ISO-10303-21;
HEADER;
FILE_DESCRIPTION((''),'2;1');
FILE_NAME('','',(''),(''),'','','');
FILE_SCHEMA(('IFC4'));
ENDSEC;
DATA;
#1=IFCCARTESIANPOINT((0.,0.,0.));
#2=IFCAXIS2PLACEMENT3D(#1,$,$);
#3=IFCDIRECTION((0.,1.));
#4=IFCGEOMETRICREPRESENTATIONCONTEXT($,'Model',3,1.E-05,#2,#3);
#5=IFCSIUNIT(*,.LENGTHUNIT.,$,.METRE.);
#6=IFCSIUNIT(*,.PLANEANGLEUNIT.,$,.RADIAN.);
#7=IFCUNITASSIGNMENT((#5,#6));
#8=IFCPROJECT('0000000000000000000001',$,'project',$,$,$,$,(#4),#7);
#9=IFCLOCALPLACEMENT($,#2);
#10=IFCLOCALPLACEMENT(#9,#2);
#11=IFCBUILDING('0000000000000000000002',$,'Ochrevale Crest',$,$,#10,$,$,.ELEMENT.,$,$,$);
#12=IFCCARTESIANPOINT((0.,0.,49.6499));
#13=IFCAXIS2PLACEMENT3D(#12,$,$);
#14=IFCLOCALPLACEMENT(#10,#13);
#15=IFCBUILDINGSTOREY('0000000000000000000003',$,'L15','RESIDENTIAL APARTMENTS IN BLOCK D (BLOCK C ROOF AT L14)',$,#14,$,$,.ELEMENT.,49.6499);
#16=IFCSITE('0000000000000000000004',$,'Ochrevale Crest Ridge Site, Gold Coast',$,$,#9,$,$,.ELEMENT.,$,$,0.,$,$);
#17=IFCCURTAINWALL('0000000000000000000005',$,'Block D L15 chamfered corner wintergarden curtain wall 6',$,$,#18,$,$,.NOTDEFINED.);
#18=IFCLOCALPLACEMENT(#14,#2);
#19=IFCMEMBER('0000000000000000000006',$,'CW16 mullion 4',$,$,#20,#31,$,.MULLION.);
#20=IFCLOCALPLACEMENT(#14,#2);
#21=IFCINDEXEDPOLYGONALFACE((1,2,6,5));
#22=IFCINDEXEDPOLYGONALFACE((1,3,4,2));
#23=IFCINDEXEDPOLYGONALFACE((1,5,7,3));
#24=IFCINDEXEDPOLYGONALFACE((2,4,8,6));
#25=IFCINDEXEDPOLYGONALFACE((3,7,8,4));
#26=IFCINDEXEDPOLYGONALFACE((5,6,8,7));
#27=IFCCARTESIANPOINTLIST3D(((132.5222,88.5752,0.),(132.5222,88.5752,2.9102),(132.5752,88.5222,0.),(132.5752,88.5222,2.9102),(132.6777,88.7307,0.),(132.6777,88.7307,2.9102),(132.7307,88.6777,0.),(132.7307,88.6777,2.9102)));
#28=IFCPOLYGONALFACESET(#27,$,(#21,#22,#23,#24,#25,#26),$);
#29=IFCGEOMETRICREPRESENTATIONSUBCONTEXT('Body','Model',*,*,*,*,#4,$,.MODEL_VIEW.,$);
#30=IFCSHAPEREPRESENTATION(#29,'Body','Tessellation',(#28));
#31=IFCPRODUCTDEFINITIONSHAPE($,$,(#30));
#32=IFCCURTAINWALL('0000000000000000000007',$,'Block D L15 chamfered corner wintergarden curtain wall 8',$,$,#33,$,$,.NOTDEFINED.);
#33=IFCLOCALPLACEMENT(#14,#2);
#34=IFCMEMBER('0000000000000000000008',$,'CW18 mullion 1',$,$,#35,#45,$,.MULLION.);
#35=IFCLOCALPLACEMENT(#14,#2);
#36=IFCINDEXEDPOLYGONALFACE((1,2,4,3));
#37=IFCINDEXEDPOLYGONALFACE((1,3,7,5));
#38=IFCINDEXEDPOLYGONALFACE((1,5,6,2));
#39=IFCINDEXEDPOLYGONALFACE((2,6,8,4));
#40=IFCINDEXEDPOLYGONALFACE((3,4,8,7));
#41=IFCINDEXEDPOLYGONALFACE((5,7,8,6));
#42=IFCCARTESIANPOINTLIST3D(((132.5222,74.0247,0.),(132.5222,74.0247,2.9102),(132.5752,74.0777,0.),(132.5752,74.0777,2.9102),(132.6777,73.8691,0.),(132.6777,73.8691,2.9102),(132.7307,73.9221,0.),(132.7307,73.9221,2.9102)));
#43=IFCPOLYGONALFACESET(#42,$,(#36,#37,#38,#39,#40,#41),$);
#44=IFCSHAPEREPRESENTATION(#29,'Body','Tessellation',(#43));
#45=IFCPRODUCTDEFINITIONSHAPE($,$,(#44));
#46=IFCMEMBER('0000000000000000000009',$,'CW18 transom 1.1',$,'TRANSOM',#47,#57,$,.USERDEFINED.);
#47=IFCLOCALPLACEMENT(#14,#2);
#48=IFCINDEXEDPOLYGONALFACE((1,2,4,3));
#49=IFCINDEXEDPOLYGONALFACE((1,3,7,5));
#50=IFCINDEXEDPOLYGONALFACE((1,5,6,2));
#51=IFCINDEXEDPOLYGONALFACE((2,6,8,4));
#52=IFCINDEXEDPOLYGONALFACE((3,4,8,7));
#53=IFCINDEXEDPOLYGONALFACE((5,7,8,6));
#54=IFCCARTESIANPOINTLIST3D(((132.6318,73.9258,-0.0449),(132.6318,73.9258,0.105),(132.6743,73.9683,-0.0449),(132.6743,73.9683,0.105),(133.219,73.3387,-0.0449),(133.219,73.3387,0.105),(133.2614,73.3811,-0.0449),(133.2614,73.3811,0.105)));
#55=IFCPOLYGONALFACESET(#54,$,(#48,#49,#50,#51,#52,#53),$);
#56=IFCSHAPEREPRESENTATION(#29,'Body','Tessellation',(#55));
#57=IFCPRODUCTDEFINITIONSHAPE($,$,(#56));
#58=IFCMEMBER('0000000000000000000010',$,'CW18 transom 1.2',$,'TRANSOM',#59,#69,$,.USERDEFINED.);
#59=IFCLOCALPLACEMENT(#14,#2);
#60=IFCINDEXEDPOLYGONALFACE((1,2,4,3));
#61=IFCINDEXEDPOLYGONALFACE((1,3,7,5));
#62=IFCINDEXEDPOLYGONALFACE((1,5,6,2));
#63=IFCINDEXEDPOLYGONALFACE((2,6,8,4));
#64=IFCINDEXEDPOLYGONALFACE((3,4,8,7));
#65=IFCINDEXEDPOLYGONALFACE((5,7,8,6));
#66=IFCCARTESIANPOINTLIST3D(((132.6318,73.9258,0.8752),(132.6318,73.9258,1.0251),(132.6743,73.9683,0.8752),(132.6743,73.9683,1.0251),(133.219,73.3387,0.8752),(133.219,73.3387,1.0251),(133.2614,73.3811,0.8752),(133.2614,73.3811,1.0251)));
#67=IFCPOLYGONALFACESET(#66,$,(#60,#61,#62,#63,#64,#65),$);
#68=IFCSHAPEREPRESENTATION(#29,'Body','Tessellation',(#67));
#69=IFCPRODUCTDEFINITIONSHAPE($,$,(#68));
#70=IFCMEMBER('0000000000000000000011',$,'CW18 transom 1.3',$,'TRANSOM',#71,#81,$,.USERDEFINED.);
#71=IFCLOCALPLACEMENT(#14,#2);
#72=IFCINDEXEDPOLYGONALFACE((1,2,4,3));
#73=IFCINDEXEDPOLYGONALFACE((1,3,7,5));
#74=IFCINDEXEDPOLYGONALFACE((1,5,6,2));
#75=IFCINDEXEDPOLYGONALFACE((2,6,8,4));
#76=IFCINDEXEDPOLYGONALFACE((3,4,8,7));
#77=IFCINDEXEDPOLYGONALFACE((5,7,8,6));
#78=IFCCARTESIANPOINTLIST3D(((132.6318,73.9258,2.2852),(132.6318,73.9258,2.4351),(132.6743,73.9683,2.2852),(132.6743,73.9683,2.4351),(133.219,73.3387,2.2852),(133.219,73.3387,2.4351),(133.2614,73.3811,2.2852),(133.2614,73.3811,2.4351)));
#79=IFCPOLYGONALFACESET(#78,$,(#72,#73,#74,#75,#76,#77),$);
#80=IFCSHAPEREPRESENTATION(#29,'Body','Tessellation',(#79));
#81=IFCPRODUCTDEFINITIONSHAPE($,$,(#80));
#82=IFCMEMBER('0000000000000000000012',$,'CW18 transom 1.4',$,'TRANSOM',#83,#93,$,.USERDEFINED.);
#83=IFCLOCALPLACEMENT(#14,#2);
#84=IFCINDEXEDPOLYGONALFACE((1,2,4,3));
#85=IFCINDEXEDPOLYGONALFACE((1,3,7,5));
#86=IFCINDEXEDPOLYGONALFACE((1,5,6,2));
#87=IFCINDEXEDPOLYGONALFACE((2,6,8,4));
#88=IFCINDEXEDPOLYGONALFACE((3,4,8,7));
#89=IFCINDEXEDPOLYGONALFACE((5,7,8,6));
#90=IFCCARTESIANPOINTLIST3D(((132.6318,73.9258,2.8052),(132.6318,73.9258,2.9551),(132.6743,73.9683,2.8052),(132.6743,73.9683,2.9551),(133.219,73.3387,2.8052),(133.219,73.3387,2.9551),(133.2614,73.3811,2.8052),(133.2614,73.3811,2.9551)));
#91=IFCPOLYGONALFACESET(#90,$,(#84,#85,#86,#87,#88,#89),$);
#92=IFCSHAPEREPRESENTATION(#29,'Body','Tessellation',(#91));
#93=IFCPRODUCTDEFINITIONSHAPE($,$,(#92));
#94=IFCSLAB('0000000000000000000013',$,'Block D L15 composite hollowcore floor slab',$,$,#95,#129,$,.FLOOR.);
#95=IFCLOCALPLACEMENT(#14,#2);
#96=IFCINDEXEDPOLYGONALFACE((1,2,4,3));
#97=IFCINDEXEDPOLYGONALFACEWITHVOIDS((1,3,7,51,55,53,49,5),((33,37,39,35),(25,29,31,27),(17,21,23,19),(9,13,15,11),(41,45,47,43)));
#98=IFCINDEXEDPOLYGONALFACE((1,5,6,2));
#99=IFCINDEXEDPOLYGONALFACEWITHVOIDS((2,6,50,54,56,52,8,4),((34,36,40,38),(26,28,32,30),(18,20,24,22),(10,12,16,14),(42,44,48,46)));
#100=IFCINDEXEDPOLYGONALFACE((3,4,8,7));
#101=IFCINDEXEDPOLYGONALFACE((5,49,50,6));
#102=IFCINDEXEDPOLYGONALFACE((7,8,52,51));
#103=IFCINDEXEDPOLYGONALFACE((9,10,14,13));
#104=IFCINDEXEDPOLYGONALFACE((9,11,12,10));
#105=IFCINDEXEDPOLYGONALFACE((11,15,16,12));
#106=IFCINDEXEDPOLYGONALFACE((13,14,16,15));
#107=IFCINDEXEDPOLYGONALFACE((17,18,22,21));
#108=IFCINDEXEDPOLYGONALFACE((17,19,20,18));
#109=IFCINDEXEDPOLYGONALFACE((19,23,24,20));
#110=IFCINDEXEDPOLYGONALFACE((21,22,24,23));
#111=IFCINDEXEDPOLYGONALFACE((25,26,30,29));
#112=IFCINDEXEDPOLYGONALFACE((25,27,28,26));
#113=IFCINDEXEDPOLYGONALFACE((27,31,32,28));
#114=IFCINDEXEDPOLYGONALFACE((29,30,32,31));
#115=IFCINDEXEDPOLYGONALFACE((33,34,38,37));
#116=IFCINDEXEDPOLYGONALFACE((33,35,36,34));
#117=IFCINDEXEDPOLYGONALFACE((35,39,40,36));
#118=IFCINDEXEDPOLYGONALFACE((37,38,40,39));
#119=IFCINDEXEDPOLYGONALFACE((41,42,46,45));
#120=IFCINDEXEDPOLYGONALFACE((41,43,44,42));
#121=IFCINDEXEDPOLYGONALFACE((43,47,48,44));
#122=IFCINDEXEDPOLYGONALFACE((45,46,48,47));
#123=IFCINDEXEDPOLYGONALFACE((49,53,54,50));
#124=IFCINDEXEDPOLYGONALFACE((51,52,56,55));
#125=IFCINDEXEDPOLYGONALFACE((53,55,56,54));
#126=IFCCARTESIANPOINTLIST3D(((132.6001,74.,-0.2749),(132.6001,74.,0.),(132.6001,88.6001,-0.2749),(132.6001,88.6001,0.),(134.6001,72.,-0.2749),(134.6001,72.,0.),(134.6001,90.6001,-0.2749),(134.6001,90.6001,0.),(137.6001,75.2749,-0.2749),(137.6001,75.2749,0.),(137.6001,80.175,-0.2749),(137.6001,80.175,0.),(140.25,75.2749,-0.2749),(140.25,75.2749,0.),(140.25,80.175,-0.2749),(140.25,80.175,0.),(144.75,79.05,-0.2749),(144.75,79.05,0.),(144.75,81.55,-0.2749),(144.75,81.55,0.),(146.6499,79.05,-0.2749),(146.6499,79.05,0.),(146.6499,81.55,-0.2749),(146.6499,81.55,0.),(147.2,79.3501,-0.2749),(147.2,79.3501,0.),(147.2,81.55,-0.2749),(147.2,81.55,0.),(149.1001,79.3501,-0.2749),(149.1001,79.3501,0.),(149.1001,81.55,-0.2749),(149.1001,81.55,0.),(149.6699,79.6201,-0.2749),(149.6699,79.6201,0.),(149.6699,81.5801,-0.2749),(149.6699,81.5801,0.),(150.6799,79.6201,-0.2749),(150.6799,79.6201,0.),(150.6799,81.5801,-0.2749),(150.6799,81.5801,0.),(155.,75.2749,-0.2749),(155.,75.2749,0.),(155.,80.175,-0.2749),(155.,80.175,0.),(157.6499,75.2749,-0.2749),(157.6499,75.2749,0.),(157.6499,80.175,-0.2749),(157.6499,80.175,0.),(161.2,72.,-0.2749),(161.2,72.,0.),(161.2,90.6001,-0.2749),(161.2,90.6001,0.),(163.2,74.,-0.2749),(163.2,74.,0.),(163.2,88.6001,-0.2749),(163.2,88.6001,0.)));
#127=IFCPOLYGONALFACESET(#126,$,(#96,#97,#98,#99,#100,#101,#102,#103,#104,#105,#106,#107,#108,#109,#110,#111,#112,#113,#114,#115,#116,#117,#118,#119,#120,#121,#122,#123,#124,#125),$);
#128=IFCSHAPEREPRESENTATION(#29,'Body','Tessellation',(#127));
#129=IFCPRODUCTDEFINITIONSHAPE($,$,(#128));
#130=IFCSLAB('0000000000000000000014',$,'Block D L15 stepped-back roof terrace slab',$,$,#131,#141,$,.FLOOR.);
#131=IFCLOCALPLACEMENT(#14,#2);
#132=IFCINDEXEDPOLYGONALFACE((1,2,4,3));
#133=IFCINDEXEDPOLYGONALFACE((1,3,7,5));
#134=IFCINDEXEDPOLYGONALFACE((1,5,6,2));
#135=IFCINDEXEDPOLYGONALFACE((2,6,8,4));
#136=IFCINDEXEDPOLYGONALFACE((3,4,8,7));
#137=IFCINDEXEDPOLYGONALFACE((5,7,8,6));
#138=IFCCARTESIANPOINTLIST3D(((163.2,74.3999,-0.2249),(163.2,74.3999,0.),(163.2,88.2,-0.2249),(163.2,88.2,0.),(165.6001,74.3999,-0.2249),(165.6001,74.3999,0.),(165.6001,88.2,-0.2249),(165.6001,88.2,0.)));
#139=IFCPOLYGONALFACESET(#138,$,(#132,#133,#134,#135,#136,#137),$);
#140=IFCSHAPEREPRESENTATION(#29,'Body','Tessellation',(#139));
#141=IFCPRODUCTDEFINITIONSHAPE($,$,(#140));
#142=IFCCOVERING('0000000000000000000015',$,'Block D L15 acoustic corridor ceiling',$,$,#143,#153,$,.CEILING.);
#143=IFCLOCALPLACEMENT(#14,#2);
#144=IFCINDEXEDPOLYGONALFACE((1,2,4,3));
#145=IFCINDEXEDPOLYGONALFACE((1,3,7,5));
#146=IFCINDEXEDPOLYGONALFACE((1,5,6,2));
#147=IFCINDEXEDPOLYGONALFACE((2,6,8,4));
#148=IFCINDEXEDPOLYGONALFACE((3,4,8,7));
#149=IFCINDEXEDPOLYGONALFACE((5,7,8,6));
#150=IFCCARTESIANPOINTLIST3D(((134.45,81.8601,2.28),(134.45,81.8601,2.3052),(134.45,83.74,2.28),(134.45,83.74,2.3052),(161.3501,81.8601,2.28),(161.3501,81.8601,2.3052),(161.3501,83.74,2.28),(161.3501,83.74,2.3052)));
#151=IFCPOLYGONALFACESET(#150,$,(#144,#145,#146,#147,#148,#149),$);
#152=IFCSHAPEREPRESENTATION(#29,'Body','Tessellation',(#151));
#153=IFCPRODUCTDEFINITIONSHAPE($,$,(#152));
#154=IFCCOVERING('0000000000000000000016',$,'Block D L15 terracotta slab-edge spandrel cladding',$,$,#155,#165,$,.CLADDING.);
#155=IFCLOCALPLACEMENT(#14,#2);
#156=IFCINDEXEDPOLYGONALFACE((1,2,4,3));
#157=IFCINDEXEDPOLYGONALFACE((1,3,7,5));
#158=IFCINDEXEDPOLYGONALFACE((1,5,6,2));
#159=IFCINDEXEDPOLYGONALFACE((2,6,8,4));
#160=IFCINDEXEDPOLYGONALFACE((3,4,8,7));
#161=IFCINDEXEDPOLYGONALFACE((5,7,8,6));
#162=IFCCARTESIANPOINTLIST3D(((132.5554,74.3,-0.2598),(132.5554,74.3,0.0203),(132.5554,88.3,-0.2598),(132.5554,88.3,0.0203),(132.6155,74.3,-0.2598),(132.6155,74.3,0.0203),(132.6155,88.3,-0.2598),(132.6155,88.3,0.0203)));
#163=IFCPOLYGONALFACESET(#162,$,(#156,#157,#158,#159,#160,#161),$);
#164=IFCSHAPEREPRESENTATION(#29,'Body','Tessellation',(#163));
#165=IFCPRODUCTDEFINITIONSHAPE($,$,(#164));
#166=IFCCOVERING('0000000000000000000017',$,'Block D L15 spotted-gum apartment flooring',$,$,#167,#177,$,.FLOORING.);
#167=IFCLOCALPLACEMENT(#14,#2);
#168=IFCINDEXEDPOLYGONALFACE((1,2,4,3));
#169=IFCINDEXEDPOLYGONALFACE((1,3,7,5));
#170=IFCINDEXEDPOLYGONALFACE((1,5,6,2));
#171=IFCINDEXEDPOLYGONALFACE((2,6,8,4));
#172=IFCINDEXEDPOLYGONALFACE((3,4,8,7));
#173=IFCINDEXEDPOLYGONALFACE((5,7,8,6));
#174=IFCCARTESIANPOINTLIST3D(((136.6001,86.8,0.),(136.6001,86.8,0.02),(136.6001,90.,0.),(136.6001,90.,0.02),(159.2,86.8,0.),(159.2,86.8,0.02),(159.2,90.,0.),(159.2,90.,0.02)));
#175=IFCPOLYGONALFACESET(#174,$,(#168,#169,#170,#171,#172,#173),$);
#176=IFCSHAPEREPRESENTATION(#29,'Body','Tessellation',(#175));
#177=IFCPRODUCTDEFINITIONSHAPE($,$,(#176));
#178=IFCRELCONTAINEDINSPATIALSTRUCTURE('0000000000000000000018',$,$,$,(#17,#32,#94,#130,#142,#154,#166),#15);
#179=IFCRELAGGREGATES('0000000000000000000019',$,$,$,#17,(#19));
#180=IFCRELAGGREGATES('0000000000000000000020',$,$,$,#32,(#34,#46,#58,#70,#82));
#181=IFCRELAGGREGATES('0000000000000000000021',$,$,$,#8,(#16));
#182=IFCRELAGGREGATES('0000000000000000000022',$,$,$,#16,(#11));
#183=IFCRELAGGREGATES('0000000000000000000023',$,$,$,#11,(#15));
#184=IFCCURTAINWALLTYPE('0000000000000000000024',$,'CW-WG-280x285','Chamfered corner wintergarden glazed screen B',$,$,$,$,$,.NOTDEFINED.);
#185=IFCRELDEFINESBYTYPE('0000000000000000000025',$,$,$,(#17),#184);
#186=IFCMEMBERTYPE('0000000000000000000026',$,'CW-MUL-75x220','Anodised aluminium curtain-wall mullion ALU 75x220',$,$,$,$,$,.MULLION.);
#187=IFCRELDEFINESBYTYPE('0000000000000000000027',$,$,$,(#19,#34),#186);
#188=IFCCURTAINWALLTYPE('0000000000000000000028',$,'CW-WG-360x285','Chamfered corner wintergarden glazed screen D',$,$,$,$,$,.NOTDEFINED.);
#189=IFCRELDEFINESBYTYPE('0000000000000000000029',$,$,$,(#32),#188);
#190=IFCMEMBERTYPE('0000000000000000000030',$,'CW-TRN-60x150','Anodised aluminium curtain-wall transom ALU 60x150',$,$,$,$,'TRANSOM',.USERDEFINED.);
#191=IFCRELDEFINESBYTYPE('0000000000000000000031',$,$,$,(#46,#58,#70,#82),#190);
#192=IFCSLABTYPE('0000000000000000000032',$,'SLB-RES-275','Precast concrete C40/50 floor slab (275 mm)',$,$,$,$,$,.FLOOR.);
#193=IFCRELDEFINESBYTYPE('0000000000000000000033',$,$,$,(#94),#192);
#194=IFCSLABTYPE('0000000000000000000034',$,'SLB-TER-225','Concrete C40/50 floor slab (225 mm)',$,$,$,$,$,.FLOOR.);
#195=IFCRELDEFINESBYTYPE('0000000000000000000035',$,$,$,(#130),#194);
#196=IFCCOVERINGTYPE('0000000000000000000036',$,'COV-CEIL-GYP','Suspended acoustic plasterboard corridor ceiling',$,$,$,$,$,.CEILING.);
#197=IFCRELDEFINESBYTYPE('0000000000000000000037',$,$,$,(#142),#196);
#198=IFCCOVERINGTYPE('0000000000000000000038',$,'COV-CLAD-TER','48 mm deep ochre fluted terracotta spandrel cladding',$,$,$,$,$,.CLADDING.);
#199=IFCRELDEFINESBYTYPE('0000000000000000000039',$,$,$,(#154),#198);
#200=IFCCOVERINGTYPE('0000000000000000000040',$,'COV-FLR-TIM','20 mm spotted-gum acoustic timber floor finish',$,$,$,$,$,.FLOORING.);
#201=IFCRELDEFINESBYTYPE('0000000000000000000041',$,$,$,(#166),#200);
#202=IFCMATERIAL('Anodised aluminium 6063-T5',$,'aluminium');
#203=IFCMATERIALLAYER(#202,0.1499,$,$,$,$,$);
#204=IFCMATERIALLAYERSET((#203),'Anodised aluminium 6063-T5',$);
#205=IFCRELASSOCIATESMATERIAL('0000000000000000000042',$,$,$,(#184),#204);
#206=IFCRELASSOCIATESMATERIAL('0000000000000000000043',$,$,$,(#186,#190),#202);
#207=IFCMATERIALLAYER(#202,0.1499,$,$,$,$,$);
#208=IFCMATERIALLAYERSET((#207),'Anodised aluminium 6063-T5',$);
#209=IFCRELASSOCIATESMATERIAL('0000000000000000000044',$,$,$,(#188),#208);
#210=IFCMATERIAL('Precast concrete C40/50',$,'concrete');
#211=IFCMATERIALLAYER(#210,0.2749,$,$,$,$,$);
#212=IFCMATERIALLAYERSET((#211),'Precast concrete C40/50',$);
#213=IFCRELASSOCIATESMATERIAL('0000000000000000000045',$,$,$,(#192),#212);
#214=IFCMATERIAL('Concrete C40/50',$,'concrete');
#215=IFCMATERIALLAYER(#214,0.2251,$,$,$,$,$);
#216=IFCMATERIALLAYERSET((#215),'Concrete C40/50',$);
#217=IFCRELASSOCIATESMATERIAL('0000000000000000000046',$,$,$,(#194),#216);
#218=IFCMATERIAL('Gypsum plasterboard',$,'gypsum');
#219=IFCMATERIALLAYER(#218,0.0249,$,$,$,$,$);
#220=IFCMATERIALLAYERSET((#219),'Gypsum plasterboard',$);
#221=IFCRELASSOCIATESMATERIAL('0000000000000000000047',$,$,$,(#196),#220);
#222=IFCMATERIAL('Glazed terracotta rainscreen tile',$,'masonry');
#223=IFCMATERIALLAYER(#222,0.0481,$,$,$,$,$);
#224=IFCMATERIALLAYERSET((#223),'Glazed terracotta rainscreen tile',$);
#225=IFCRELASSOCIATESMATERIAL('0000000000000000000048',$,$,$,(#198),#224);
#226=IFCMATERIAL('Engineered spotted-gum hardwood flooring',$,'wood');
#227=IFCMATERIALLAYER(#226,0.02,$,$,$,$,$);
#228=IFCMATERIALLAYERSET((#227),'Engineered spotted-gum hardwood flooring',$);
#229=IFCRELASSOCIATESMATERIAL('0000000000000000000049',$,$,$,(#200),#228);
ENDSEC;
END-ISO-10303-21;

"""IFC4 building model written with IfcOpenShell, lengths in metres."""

from ifc_helpers import new_model, si_unit, direction, frame, origin, origin_2d, place, context, subcontext, project, spatial, polyline, rectangle, outline, extrude, material, layer, layer_set, material_profile, profile_set, type_object, element, aggregate, save


model = new_model("IFC4")

# Units and contexts
model_context = context("Model", 3, precision=1e-05, world=origin(), true_north=direction((0.0, 1.0)))
body_context = subcontext(model_context, "Body", "Model", "MODEL_VIEW")
ifc_project = project(units=[si_unit("LENGTHUNIT", "METRE"), si_unit("PLANEANGLEUNIT", "RADIAN")], contexts=[model_context])

# Site, building, storey
site_placement = place(None, origin())
site = spatial("IfcSite", under=ifc_project, at=site_placement, Name="Ochrevale Crest Ridge Site, Gold Coast", CompositionType="ELEMENT", RefElevation=0.0)
building_placement = place(site_placement, origin())
building = spatial("IfcBuilding", under=site, at=building_placement, Name="Ochrevale Crest", CompositionType="ELEMENT")
storey_placement = place(building_placement, frame((0.0, 0.0, 49.6499)))
storey = spatial("IfcBuildingStorey", under=building, at=storey_placement, Name="L15", Description="RESIDENTIAL APARTMENTS IN BLOCK D (BLOCK C ROOF AT L14)", CompositionType="ELEMENT", Elevation=49.6499)

# Curtain wall, member
ifc_material_1 = material(Name="Anodised aluminium 6063-T5", Category="aluminium")
ifc_layer_1 = layer(ifc_material_1, 0.1499)
ifc_layer_set_1 = layer_set([ifc_layer_1], Name="Anodised aluminium 6063-T5")
curtain_wall_type_1 = type_object("IfcCurtainWallType", Name="CW-WG-280x285", Description="Chamfered corner wintergarden glazed screen B", PredefinedType="NOTDEFINED", material=ifc_layer_set_1)
curtain_wall_1_placement = place(storey_placement, origin())
curtain_wall_1 = element("IfcCurtainWall", 1, at=curtain_wall_1_placement, inside=storey, type_object=curtain_wall_type_1, Name="Block D L15 chamfered corner wintergarden curtain wall 6", PredefinedType="NOTDEFINED")
ifc_material_profile_1 = material_profile(ifc_material_1, rectangle(XDim=0.075, YDim=0.22, at=origin_2d()), Name="ALU 75x220")
ifc_profile_set_1 = profile_set([ifc_material_profile_1], Name="Anodised aluminium 6063-T5")
member_type_1 = type_object("IfcMemberType", Name="CW-MUL-75x220", Description="Anodised aluminium curtain-wall mullion ALU 75x220", PredefinedType="MULLION", material=ifc_profile_set_1)
member_1_placement = place(storey_placement, frame((132.6265, 88.6265, 0.0), z_axis=(0.0, 0.0, 1.0), x_axis=(0.707107, -0.707107, 0.0)))
member_1 = element("IfcMember", 2, at=member_1_placement, type_object=member_type_1, Name="CW16 mullion 4", PredefinedType="MULLION", context=body_context, shape_type="SweptSolid", body=[
    extrude(rectangle(XDim=0.075, YDim=0.22, at=origin_2d()), origin(), (0.0, 0.0, 1.0), 2.9102),
])
aggregate(curtain_wall_1, [member_1])

# Curtain wall, members
ifc_layer_2 = layer(ifc_material_1, 0.1499)
ifc_layer_set_2 = layer_set([ifc_layer_2], Name="Anodised aluminium 6063-T5")
curtain_wall_type_2 = type_object("IfcCurtainWallType", Name="CW-WG-360x285", Description="Chamfered corner wintergarden glazed screen D", PredefinedType="NOTDEFINED", material=ifc_layer_set_2)
curtain_wall_2_placement = place(storey_placement, origin())
curtain_wall_2 = element("IfcCurtainWall", 3, at=curtain_wall_2_placement, inside=storey, type_object=curtain_wall_type_2, Name="Block D L15 chamfered corner wintergarden curtain wall 8", PredefinedType="NOTDEFINED")
member_2_placement = place(storey_placement, frame((132.6265, 73.9734, 0.0), z_axis=(0.0, 0.0, 1.0), x_axis=(0.707107, 0.707107, 0.0)))
member_2 = element("IfcMember", 4, at=member_2_placement, type_object=member_type_1, Name="CW18 mullion 1", PredefinedType="MULLION", context=body_context, shape_type="SweptSolid", body=[
    extrude(rectangle(XDim=0.075, YDim=0.22, at=origin_2d()), origin(), (0.0, 0.0, 1.0), 2.9102),
])
ifc_material_profile_2 = material_profile(ifc_material_1, rectangle(XDim=0.0601, YDim=0.1499, at=origin_2d()), Name="ALU 60x150")
ifc_profile_set_2 = profile_set([ifc_material_profile_2], Name="Anodised aluminium 6063-T5")
member_type_2 = type_object("IfcMemberType", Name="CW-TRN-60x150", Description="Anodised aluminium curtain-wall transom ALU 60x150", ElementType="TRANSOM", PredefinedType="USERDEFINED", material=ifc_profile_set_2)
member_3_placement = place(storey_placement, frame((132.6531, 73.947, 0.03), z_axis=(0.707107, -0.707107, 0.0), x_axis=(0.707107, 0.707107, 0.0)))
member_3 = element("IfcMember", 5, at=member_3_placement, type_object=member_type_2, Name="CW18 transom 1.1", ObjectType="TRANSOM", PredefinedType="USERDEFINED", context=body_context, shape_type="SweptSolid", body=[
    extrude(rectangle(XDim=0.0601, YDim=0.1499, at=origin_2d()), origin(), (0.0, 0.0, 1.0), 0.8303),
])
member_4_placement = place(storey_placement, frame((132.6531, 73.947, 0.9502), z_axis=(0.707107, -0.707107, 0.0), x_axis=(0.707107, 0.707107, 0.0)))
member_4 = element("IfcMember", 6, at=member_4_placement, type_object=member_type_2, Name="CW18 transom 1.2", ObjectType="TRANSOM", PredefinedType="USERDEFINED", context=body_context, shape_type="SweptSolid", body=[
    extrude(rectangle(XDim=0.0601, YDim=0.1499, at=origin_2d()), origin(), (0.0, 0.0, 1.0), 0.8303),
])
member_5_placement = place(storey_placement, frame((132.6531, 73.947, 2.3601), z_axis=(0.707107, -0.707107, 0.0), x_axis=(0.707107, 0.707107, 0.0)))
member_5 = element("IfcMember", 7, at=member_5_placement, type_object=member_type_2, Name="CW18 transom 1.3", ObjectType="TRANSOM", PredefinedType="USERDEFINED", context=body_context, shape_type="SweptSolid", body=[
    extrude(rectangle(XDim=0.0601, YDim=0.1499, at=origin_2d()), origin(), (0.0, 0.0, 1.0), 0.8303),
])
member_6_placement = place(storey_placement, frame((132.6531, 73.947, 2.8801), z_axis=(0.707107, -0.707107, 0.0), x_axis=(0.707107, 0.707107, 0.0)))
member_6 = element("IfcMember", 8, at=member_6_placement, type_object=member_type_2, Name="CW18 transom 1.4", ObjectType="TRANSOM", PredefinedType="USERDEFINED", context=body_context, shape_type="SweptSolid", body=[
    extrude(rectangle(XDim=0.0601, YDim=0.1499, at=origin_2d()), origin(), (0.0, 0.0, 1.0), 0.8303),
])
aggregate(curtain_wall_2, [member_2, member_3, member_4, member_5, member_6])

# Slabs
ifc_material_2 = material(Name="Precast concrete C40/50", Category="concrete")
ifc_layer_3 = layer(ifc_material_2, 0.2749)
ifc_layer_set_3 = layer_set([ifc_layer_3], Name="Precast concrete C40/50")
slab_type_1 = type_object("IfcSlabType", Name="SLB-RES-275", Description="Precast concrete C40/50 floor slab (275 mm)", PredefinedType="FLOOR", material=ifc_layer_set_3)
slab_1_placement = place(storey_placement, frame((0.0, 0.0, -0.2749)))
element("IfcSlab", 9, at=slab_1_placement, inside=storey, type_object=slab_type_1, Name="Block D L15 composite hollowcore floor slab", PredefinedType="FLOOR", context=body_context, shape_type="SweptSolid", body=[
    extrude(outline(polyline([(134.6001, 72.0), (161.2, 72.0), (163.2, 74.0), (163.2, 88.6001), (161.2, 90.6001), (134.6001, 90.6001), (132.6001, 88.6001), (132.6001, 74.0), (134.6001, 72.0)]), holes=[polyline([(137.6001, 80.175), (137.6001, 75.2749), (140.25, 75.2749), (140.25, 80.175), (137.6001, 80.175)]), polyline([(155.0, 80.175), (155.0, 75.2749), (157.6499, 75.2749), (157.6499, 80.175), (155.0, 80.175)]), polyline([(144.75, 79.05), (146.6499, 79.05), (146.6499, 81.55), (144.75, 81.55), (144.75, 79.05)]), polyline([(147.2, 79.3501), (149.1001, 79.3501), (149.1001, 81.55), (147.2, 81.55), (147.2, 79.3501)]), polyline([(149.6699, 79.6201), (150.6799, 79.6201), (150.6799, 81.5801), (149.6699, 81.5801), (149.6699, 79.6201)])]), origin(), (0.0, 0.0, 1.0), 0.2749),
])
ifc_material_3 = material(Name="Concrete C40/50", Category="concrete")
ifc_layer_4 = layer(ifc_material_3, 0.2251)
ifc_layer_set_4 = layer_set([ifc_layer_4], Name="Concrete C40/50")
slab_type_2 = type_object("IfcSlabType", Name="SLB-TER-225", Description="Concrete C40/50 floor slab (225 mm)", PredefinedType="FLOOR", material=ifc_layer_set_4)
slab_2_placement = place(storey_placement, frame((0.0, 0.0, -0.2249)))
element("IfcSlab", 10, at=slab_2_placement, inside=storey, type_object=slab_type_2, Name="Block D L15 stepped-back roof terrace slab", PredefinedType="FLOOR", context=body_context, shape_type="SweptSolid", body=[
    extrude(outline(polyline([(163.2, 74.3999), (165.6001, 74.3999), (165.6001, 88.2), (163.2, 88.2), (163.2, 74.3999)])), origin(), (0.0, 0.0, 1.0), 0.2249),
])

# Coverings
ifc_material_4 = material(Name="Gypsum plasterboard", Category="gypsum")
ifc_layer_5 = layer(ifc_material_4, 0.0249)
ifc_layer_set_5 = layer_set([ifc_layer_5], Name="Gypsum plasterboard")
covering_type_1 = type_object("IfcCoveringType", Name="COV-CEIL-GYP", Description="Suspended acoustic plasterboard corridor ceiling", PredefinedType="CEILING", material=ifc_layer_set_5)
covering_1_placement = place(storey_placement, frame((0.0, 0.0, 2.28)))
element("IfcCovering", 11, at=covering_1_placement, inside=storey, type_object=covering_type_1, Name="Block D L15 acoustic corridor ceiling", PredefinedType="CEILING", context=body_context, shape_type="SweptSolid", body=[
    extrude(outline(polyline([(134.45, 81.8601), (161.3501, 81.8601), (161.3501, 83.74), (134.45, 83.74), (134.45, 81.8601)])), origin(), (0.0, 0.0, 1.0), 0.0251),
])
ifc_material_5 = material(Name="Glazed terracotta rainscreen tile", Category="masonry")
ifc_layer_6 = layer(ifc_material_5, 0.0481)
ifc_layer_set_6 = layer_set([ifc_layer_6], Name="Glazed terracotta rainscreen tile")
covering_type_2 = type_object("IfcCoveringType", Name="COV-CLAD-TER", Description="48 mm deep ochre fluted terracotta spandrel cladding", PredefinedType="CLADDING", material=ifc_layer_set_6)
covering_2_placement = place(storey_placement, frame((132.5854, 81.3, -0.2598), z_axis=(0.0, 0.0, 1.0), x_axis=(0.0, -1.0, 0.0)))
element("IfcCovering", 12, at=covering_2_placement, inside=storey, type_object=covering_type_2, Name="Block D L15 terracotta slab-edge spandrel cladding", PredefinedType="CLADDING", context=body_context, shape_type="SweptSolid", body=[
    extrude(rectangle(XDim=14.0, YDim=0.0601, at=origin_2d()), origin(), (0.0, 0.0, 1.0), 0.28),
])
ifc_material_6 = material(Name="Engineered spotted-gum hardwood flooring", Category="wood")
ifc_layer_7 = layer(ifc_material_6, 0.02)
ifc_layer_set_7 = layer_set([ifc_layer_7], Name="Engineered spotted-gum hardwood flooring")
covering_type_3 = type_object("IfcCoveringType", Name="COV-FLR-TIM", Description="20 mm spotted-gum acoustic timber floor finish", PredefinedType="FLOORING", material=ifc_layer_set_7)
covering_3_placement = place(storey_placement, origin())
element("IfcCovering", 13, at=covering_3_placement, inside=storey, type_object=covering_type_3, Name="Block D L15 spotted-gum apartment flooring", PredefinedType="FLOORING", context=body_context, shape_type="SweptSolid", body=[
    extrude(outline(polyline([(136.6001, 86.8), (159.2, 86.8), (159.2, 90.0), (136.6001, 90.0), (136.6001, 86.8)])), origin(), (0.0, 0.0, 1.0), 0.02),
])

save(model, "model.ifc")
